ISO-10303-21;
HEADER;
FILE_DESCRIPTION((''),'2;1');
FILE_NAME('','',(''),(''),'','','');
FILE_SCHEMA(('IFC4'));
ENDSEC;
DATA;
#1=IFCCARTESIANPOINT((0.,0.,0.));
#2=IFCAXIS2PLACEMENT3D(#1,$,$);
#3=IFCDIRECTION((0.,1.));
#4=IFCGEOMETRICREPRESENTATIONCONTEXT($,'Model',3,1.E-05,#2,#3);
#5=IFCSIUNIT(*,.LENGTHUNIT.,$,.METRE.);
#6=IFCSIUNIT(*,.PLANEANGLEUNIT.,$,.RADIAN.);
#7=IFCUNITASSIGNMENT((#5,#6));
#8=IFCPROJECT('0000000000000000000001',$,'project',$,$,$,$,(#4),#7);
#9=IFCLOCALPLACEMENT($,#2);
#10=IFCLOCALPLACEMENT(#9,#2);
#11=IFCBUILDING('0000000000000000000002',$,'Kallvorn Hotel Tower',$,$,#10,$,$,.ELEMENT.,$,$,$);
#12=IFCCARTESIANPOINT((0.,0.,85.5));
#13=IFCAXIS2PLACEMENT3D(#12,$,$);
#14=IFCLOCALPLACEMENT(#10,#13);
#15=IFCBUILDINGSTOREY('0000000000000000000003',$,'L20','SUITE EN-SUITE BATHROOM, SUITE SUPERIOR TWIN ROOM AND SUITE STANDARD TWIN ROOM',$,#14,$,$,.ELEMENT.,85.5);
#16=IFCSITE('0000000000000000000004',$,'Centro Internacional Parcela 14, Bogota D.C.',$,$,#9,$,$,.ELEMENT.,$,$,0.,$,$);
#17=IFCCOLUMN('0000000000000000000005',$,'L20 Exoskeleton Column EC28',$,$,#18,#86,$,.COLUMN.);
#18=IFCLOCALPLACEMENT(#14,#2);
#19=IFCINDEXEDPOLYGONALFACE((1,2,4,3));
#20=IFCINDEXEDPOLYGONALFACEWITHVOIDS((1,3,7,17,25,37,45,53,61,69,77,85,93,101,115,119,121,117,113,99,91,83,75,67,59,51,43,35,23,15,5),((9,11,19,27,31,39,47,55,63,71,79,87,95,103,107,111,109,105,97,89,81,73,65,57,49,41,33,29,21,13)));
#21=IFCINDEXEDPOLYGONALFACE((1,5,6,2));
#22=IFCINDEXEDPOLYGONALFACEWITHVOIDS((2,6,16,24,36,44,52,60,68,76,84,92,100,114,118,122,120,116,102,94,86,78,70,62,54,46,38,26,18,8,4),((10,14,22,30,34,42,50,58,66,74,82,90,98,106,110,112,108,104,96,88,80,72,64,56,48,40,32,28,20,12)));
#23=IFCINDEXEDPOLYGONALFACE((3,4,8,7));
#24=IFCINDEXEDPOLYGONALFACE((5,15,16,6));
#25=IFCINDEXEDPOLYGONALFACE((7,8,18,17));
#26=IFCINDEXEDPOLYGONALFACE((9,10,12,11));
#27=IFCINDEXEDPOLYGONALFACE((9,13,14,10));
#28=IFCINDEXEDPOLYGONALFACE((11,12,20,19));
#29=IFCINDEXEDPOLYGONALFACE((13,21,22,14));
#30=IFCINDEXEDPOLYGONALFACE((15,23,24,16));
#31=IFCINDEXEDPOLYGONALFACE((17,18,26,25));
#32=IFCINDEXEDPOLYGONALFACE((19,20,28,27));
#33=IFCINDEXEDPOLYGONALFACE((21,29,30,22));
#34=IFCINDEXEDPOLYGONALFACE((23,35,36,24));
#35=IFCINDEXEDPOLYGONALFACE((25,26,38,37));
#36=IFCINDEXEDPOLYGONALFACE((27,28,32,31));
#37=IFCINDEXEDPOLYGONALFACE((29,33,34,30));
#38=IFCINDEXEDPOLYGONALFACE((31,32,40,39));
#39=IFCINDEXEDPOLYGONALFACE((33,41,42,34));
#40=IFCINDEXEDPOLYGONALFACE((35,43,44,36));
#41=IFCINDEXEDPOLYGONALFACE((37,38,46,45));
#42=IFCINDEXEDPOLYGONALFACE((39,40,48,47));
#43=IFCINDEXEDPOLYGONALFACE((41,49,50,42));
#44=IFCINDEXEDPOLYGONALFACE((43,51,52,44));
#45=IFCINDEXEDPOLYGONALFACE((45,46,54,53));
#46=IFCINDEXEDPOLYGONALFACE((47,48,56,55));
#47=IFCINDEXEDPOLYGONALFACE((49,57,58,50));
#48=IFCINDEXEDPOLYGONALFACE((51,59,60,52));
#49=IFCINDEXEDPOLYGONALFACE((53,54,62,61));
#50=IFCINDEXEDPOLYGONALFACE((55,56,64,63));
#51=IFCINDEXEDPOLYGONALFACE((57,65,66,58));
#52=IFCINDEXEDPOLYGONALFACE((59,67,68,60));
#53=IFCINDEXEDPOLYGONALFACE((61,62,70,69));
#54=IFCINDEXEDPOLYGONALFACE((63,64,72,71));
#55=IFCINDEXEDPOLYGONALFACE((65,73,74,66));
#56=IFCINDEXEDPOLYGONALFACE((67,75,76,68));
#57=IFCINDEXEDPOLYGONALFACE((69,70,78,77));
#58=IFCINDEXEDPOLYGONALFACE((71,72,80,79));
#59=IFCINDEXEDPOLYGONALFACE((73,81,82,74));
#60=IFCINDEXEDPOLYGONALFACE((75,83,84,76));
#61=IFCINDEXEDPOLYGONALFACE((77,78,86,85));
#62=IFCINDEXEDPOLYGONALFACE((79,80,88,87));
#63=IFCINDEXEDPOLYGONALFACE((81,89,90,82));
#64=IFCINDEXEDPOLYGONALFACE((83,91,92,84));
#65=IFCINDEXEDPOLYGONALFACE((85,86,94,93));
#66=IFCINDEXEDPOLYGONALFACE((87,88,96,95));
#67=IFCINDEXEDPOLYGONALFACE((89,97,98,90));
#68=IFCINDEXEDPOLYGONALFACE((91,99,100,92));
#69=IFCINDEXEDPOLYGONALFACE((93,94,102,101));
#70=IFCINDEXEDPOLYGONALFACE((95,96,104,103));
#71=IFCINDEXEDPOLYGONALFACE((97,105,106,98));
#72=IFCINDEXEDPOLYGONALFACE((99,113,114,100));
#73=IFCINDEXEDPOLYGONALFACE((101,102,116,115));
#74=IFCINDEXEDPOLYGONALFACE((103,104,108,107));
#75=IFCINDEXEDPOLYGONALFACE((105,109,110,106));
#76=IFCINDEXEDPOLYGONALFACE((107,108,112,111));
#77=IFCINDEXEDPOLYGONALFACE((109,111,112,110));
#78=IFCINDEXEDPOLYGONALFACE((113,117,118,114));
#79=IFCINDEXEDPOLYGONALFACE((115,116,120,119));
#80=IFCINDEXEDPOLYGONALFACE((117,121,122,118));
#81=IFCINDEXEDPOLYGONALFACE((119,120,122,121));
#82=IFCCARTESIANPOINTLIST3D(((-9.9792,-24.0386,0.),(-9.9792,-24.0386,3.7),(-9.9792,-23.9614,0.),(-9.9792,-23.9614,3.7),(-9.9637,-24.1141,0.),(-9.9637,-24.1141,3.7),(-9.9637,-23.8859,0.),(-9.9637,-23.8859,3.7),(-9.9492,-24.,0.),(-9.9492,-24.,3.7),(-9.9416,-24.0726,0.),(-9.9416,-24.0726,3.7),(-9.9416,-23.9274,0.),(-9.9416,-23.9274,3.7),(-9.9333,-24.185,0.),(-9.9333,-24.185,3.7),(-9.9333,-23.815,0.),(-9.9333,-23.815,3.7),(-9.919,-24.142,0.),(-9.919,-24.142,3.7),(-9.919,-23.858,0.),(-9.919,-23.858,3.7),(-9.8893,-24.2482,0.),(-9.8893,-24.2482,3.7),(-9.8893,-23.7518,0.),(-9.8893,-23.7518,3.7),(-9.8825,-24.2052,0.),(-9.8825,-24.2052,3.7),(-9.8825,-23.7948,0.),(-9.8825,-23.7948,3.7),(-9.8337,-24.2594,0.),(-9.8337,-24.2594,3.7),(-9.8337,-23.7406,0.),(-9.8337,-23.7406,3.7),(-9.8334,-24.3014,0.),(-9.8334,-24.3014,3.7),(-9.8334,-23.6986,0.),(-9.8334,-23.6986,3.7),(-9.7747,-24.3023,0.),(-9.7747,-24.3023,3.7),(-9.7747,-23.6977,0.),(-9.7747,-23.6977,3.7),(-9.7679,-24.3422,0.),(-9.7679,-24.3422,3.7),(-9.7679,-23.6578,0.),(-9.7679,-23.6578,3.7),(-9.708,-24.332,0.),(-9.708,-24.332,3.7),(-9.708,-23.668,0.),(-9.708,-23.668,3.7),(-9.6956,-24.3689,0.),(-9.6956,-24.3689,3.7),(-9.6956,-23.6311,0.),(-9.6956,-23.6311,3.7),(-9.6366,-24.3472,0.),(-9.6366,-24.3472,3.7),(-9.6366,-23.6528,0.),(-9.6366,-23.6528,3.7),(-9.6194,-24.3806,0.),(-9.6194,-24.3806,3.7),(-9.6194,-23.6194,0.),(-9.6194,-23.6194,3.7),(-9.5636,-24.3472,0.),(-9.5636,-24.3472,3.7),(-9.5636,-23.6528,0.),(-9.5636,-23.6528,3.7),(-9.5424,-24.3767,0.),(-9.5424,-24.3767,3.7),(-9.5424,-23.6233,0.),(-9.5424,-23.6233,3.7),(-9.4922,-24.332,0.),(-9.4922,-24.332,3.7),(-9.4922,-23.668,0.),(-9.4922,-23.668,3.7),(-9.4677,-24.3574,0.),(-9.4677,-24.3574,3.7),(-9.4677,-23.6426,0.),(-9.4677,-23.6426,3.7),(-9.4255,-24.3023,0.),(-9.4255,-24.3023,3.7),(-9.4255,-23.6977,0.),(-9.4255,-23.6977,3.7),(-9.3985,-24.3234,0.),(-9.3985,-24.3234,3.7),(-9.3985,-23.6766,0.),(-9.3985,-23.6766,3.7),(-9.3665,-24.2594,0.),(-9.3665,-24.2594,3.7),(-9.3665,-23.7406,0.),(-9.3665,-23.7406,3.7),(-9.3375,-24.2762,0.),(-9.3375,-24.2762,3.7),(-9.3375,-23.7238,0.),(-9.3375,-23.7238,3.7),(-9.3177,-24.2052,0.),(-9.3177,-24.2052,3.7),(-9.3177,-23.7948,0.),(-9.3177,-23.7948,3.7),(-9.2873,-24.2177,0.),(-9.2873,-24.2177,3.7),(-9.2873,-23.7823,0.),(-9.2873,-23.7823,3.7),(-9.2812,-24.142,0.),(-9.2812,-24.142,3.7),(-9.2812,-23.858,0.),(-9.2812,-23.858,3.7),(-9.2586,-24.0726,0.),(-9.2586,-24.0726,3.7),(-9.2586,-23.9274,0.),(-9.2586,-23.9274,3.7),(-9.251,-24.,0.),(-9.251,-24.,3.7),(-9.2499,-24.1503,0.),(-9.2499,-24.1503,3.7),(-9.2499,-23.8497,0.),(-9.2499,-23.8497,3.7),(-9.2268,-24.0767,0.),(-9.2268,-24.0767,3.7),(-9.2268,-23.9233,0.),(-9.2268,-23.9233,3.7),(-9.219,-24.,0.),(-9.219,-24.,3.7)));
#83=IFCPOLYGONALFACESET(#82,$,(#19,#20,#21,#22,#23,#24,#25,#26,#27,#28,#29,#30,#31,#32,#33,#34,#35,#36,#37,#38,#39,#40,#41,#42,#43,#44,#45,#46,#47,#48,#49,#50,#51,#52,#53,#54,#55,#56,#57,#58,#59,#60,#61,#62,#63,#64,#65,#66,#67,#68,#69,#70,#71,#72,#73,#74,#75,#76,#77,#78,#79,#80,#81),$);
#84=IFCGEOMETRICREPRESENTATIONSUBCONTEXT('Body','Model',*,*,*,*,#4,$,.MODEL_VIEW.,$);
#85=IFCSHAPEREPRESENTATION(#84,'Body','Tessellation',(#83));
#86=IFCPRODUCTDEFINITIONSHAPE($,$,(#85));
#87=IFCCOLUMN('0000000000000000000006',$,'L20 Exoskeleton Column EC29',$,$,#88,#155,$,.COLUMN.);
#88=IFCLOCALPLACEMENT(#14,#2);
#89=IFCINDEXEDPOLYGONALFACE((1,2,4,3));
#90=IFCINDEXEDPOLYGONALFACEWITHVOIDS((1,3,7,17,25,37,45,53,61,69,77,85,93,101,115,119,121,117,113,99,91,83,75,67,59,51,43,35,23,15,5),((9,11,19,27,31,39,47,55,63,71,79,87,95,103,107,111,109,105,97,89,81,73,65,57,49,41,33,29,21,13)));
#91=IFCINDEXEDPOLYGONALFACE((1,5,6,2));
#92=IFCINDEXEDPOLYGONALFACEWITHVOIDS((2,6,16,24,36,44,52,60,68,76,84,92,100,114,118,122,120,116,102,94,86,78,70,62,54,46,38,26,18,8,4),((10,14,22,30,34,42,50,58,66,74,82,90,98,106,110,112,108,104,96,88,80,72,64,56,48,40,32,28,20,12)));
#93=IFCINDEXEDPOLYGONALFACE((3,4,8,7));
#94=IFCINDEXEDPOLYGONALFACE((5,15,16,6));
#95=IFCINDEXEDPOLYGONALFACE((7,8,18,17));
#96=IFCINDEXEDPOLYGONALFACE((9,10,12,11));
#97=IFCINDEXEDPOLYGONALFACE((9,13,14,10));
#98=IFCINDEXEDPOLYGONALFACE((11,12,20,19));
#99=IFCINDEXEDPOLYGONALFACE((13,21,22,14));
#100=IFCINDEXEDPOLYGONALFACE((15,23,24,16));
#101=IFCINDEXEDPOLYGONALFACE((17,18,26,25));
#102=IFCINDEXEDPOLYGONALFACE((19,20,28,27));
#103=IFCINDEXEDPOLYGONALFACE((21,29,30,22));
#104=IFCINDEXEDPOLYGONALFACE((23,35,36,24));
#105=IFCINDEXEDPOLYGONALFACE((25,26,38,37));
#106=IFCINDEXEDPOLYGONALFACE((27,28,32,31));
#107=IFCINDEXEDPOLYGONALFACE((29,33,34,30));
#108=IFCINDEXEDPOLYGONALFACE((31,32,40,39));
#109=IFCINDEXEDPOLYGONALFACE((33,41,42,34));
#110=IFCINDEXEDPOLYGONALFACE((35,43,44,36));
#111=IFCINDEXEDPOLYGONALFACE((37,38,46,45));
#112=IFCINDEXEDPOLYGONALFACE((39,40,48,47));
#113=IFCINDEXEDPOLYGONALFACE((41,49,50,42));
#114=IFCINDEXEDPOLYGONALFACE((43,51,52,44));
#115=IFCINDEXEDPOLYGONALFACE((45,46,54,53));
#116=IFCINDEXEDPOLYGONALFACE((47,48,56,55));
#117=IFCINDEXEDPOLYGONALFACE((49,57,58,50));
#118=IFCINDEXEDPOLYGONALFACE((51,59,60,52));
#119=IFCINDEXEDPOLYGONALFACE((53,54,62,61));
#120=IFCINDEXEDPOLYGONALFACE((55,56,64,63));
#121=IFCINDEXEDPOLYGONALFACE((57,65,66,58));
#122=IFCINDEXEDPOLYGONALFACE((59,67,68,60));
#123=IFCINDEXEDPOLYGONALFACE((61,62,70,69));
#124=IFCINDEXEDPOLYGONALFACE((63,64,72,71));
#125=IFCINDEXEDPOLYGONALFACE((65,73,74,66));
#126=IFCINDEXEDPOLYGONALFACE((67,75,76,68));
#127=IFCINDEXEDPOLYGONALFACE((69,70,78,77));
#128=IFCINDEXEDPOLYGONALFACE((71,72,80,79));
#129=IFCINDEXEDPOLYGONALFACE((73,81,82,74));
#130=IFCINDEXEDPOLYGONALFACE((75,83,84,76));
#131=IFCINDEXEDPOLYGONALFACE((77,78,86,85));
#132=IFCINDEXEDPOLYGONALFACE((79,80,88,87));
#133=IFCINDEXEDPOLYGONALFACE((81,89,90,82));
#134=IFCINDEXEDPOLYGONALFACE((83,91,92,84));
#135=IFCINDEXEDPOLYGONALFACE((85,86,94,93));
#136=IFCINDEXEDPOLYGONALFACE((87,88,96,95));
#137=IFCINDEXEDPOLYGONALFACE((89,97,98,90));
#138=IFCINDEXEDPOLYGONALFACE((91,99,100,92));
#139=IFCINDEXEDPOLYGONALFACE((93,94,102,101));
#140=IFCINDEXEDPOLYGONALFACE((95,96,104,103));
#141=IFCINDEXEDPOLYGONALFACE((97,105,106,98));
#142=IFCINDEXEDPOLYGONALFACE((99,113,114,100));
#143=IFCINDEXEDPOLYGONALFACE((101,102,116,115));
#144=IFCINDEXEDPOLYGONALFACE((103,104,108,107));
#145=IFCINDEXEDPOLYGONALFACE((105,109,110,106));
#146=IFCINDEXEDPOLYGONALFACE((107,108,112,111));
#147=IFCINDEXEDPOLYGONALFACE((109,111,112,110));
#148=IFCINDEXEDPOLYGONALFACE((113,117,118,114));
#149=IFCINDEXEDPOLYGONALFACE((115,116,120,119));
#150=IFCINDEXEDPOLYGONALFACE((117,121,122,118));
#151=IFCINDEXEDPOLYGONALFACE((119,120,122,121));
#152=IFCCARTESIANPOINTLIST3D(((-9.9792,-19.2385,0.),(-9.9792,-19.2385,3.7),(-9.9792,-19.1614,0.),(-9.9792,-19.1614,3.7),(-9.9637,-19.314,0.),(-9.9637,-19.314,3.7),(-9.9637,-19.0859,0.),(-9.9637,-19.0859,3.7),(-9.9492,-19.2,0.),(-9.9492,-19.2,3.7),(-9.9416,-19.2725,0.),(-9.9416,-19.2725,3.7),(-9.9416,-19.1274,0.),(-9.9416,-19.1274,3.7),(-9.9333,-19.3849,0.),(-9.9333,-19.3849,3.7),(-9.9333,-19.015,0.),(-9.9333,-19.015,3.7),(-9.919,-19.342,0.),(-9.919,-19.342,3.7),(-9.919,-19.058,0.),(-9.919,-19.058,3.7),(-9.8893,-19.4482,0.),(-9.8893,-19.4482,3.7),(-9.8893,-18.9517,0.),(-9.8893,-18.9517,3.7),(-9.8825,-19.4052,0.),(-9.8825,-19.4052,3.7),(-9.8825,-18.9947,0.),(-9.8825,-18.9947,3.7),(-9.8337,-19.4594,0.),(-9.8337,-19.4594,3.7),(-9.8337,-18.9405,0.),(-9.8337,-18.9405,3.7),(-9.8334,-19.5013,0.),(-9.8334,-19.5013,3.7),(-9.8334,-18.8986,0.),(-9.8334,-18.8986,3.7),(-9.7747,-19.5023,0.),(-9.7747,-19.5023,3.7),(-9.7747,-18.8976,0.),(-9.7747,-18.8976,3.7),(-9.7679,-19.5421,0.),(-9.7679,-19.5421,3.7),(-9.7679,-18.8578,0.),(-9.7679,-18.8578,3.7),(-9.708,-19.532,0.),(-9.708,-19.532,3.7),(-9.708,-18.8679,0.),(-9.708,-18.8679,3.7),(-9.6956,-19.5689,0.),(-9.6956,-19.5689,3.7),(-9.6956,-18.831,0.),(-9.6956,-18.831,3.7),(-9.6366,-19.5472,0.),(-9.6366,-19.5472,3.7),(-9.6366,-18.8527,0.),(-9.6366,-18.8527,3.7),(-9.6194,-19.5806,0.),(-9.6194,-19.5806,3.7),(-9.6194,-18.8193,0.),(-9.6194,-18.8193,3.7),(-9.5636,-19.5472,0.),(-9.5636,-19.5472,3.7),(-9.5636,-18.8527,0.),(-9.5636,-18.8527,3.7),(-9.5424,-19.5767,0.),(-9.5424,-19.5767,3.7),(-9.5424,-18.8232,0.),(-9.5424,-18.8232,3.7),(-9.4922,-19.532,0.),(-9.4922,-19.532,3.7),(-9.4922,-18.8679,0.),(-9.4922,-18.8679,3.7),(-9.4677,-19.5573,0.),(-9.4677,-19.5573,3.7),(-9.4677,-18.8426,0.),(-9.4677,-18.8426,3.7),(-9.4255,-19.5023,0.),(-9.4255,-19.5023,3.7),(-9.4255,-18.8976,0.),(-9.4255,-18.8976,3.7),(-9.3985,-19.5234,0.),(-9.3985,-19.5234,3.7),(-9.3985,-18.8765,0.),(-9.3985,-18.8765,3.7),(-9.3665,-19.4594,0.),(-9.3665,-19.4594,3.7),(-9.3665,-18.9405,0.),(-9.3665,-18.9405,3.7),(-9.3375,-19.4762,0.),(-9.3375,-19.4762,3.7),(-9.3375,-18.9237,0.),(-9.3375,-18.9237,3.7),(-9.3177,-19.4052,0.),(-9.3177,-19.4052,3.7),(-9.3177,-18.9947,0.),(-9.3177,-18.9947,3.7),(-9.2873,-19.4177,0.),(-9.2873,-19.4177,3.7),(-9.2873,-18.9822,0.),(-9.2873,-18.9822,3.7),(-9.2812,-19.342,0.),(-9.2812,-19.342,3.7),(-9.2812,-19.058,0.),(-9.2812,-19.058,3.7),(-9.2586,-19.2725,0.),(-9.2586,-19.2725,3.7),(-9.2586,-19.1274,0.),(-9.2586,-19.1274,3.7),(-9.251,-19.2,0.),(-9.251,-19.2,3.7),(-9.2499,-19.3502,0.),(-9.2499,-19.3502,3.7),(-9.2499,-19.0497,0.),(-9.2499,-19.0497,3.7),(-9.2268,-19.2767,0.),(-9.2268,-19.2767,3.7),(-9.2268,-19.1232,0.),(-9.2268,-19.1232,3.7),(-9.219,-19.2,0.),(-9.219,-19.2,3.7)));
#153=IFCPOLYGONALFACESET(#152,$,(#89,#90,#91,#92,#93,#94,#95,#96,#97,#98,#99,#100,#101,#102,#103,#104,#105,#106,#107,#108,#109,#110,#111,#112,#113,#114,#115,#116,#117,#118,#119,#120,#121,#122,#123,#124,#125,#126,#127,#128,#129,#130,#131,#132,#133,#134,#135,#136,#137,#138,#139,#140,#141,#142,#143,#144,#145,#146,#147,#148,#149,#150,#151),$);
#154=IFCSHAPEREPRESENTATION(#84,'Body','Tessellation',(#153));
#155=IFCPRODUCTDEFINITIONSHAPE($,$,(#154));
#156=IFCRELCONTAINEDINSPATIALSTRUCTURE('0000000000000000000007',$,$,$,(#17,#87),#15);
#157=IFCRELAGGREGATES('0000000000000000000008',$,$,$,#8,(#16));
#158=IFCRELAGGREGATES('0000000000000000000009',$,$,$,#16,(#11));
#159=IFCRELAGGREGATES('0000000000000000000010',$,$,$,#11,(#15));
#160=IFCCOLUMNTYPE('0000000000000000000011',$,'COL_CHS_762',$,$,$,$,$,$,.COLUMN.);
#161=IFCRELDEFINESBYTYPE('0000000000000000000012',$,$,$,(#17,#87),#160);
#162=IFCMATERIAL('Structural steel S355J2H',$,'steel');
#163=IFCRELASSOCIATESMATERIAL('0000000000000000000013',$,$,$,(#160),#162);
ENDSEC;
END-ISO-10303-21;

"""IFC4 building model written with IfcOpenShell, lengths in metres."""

from ifc_helpers import new_model, si_unit, direction, frame, origin, origin_2d, place, context, subcontext, project, spatial, hollow_circle, extrude, material, material_profile, profile_set, type_object, element, save


model = new_model("IFC4")

# Units and contexts
model_context = context("Model", 3, precision=1e-05, world=origin(), true_north=direction((0.0, 1.0)))
body_context = subcontext(model_context, "Body", "Model", "MODEL_VIEW")
ifc_project = project(units=[si_unit("LENGTHUNIT", "METRE"), si_unit("PLANEANGLEUNIT", "RADIAN")], contexts=[model_context])

# Site, building, storey
site_placement = place(None, origin())
site = spatial("IfcSite", under=ifc_project, at=site_placement, Name="Centro Internacional Parcela 14, Bogota D.C.", CompositionType="ELEMENT", RefElevation=0.0)
building_placement = place(site_placement, origin())
building = spatial("IfcBuilding", under=site, at=building_placement, Name="Kallvorn Hotel Tower", CompositionType="ELEMENT")
storey_placement = place(building_placement, frame((0.0, 0.0, 85.5)))
storey = spatial("IfcBuildingStorey", under=building, at=storey_placement, Name="L20", Description="SUITE EN-SUITE BATHROOM, SUITE SUPERIOR TWIN ROOM AND SUITE STANDARD TWIN ROOM", CompositionType="ELEMENT", Elevation=85.5)

# Columns
ifc_material_1 = material(Name="Structural steel S355J2H", Category="steel")
ifc_material_profile_1 = material_profile(ifc_material_1, hollow_circle(Radius=0.3811, WallThickness=0.032, at=origin_2d()), Name="CHS 762x32")
ifc_profile_set_1 = profile_set([ifc_material_profile_1], Name="Structural steel S355J2H")
column_type_1 = type_object("IfcColumnType", Name="COL_CHS_762", PredefinedType="COLUMN", material=ifc_profile_set_1)
for number, where, z_axis, x_axis, name in (
    (1, (-9.6001, -24.0, 0.0), (0.0, 0.0, 1.0), (1.0, 0.0, 0.0), "L20 Exoskeleton Column EC28"),
    (2, (-9.6001, -19.2, 0.0), (0.0, 0.0, 1.0), (1.0, 0.0, 0.0), "L20 Exoskeleton Column EC29"),
):
    element("IfcColumn", number, at=place(storey_placement, frame(where, z_axis=z_axis, x_axis=x_axis)), inside=storey, type_object=column_type_1, Name=name, PredefinedType="COLUMN", context=body_context, shape_type="SweptSolid", body=[
        extrude(hollow_circle(Radius=0.3811, WallThickness=0.032, at=origin_2d()), origin(), (0.0, 0.0, 1.0), 3.7),
    ])

save(model, "model.ifc")
